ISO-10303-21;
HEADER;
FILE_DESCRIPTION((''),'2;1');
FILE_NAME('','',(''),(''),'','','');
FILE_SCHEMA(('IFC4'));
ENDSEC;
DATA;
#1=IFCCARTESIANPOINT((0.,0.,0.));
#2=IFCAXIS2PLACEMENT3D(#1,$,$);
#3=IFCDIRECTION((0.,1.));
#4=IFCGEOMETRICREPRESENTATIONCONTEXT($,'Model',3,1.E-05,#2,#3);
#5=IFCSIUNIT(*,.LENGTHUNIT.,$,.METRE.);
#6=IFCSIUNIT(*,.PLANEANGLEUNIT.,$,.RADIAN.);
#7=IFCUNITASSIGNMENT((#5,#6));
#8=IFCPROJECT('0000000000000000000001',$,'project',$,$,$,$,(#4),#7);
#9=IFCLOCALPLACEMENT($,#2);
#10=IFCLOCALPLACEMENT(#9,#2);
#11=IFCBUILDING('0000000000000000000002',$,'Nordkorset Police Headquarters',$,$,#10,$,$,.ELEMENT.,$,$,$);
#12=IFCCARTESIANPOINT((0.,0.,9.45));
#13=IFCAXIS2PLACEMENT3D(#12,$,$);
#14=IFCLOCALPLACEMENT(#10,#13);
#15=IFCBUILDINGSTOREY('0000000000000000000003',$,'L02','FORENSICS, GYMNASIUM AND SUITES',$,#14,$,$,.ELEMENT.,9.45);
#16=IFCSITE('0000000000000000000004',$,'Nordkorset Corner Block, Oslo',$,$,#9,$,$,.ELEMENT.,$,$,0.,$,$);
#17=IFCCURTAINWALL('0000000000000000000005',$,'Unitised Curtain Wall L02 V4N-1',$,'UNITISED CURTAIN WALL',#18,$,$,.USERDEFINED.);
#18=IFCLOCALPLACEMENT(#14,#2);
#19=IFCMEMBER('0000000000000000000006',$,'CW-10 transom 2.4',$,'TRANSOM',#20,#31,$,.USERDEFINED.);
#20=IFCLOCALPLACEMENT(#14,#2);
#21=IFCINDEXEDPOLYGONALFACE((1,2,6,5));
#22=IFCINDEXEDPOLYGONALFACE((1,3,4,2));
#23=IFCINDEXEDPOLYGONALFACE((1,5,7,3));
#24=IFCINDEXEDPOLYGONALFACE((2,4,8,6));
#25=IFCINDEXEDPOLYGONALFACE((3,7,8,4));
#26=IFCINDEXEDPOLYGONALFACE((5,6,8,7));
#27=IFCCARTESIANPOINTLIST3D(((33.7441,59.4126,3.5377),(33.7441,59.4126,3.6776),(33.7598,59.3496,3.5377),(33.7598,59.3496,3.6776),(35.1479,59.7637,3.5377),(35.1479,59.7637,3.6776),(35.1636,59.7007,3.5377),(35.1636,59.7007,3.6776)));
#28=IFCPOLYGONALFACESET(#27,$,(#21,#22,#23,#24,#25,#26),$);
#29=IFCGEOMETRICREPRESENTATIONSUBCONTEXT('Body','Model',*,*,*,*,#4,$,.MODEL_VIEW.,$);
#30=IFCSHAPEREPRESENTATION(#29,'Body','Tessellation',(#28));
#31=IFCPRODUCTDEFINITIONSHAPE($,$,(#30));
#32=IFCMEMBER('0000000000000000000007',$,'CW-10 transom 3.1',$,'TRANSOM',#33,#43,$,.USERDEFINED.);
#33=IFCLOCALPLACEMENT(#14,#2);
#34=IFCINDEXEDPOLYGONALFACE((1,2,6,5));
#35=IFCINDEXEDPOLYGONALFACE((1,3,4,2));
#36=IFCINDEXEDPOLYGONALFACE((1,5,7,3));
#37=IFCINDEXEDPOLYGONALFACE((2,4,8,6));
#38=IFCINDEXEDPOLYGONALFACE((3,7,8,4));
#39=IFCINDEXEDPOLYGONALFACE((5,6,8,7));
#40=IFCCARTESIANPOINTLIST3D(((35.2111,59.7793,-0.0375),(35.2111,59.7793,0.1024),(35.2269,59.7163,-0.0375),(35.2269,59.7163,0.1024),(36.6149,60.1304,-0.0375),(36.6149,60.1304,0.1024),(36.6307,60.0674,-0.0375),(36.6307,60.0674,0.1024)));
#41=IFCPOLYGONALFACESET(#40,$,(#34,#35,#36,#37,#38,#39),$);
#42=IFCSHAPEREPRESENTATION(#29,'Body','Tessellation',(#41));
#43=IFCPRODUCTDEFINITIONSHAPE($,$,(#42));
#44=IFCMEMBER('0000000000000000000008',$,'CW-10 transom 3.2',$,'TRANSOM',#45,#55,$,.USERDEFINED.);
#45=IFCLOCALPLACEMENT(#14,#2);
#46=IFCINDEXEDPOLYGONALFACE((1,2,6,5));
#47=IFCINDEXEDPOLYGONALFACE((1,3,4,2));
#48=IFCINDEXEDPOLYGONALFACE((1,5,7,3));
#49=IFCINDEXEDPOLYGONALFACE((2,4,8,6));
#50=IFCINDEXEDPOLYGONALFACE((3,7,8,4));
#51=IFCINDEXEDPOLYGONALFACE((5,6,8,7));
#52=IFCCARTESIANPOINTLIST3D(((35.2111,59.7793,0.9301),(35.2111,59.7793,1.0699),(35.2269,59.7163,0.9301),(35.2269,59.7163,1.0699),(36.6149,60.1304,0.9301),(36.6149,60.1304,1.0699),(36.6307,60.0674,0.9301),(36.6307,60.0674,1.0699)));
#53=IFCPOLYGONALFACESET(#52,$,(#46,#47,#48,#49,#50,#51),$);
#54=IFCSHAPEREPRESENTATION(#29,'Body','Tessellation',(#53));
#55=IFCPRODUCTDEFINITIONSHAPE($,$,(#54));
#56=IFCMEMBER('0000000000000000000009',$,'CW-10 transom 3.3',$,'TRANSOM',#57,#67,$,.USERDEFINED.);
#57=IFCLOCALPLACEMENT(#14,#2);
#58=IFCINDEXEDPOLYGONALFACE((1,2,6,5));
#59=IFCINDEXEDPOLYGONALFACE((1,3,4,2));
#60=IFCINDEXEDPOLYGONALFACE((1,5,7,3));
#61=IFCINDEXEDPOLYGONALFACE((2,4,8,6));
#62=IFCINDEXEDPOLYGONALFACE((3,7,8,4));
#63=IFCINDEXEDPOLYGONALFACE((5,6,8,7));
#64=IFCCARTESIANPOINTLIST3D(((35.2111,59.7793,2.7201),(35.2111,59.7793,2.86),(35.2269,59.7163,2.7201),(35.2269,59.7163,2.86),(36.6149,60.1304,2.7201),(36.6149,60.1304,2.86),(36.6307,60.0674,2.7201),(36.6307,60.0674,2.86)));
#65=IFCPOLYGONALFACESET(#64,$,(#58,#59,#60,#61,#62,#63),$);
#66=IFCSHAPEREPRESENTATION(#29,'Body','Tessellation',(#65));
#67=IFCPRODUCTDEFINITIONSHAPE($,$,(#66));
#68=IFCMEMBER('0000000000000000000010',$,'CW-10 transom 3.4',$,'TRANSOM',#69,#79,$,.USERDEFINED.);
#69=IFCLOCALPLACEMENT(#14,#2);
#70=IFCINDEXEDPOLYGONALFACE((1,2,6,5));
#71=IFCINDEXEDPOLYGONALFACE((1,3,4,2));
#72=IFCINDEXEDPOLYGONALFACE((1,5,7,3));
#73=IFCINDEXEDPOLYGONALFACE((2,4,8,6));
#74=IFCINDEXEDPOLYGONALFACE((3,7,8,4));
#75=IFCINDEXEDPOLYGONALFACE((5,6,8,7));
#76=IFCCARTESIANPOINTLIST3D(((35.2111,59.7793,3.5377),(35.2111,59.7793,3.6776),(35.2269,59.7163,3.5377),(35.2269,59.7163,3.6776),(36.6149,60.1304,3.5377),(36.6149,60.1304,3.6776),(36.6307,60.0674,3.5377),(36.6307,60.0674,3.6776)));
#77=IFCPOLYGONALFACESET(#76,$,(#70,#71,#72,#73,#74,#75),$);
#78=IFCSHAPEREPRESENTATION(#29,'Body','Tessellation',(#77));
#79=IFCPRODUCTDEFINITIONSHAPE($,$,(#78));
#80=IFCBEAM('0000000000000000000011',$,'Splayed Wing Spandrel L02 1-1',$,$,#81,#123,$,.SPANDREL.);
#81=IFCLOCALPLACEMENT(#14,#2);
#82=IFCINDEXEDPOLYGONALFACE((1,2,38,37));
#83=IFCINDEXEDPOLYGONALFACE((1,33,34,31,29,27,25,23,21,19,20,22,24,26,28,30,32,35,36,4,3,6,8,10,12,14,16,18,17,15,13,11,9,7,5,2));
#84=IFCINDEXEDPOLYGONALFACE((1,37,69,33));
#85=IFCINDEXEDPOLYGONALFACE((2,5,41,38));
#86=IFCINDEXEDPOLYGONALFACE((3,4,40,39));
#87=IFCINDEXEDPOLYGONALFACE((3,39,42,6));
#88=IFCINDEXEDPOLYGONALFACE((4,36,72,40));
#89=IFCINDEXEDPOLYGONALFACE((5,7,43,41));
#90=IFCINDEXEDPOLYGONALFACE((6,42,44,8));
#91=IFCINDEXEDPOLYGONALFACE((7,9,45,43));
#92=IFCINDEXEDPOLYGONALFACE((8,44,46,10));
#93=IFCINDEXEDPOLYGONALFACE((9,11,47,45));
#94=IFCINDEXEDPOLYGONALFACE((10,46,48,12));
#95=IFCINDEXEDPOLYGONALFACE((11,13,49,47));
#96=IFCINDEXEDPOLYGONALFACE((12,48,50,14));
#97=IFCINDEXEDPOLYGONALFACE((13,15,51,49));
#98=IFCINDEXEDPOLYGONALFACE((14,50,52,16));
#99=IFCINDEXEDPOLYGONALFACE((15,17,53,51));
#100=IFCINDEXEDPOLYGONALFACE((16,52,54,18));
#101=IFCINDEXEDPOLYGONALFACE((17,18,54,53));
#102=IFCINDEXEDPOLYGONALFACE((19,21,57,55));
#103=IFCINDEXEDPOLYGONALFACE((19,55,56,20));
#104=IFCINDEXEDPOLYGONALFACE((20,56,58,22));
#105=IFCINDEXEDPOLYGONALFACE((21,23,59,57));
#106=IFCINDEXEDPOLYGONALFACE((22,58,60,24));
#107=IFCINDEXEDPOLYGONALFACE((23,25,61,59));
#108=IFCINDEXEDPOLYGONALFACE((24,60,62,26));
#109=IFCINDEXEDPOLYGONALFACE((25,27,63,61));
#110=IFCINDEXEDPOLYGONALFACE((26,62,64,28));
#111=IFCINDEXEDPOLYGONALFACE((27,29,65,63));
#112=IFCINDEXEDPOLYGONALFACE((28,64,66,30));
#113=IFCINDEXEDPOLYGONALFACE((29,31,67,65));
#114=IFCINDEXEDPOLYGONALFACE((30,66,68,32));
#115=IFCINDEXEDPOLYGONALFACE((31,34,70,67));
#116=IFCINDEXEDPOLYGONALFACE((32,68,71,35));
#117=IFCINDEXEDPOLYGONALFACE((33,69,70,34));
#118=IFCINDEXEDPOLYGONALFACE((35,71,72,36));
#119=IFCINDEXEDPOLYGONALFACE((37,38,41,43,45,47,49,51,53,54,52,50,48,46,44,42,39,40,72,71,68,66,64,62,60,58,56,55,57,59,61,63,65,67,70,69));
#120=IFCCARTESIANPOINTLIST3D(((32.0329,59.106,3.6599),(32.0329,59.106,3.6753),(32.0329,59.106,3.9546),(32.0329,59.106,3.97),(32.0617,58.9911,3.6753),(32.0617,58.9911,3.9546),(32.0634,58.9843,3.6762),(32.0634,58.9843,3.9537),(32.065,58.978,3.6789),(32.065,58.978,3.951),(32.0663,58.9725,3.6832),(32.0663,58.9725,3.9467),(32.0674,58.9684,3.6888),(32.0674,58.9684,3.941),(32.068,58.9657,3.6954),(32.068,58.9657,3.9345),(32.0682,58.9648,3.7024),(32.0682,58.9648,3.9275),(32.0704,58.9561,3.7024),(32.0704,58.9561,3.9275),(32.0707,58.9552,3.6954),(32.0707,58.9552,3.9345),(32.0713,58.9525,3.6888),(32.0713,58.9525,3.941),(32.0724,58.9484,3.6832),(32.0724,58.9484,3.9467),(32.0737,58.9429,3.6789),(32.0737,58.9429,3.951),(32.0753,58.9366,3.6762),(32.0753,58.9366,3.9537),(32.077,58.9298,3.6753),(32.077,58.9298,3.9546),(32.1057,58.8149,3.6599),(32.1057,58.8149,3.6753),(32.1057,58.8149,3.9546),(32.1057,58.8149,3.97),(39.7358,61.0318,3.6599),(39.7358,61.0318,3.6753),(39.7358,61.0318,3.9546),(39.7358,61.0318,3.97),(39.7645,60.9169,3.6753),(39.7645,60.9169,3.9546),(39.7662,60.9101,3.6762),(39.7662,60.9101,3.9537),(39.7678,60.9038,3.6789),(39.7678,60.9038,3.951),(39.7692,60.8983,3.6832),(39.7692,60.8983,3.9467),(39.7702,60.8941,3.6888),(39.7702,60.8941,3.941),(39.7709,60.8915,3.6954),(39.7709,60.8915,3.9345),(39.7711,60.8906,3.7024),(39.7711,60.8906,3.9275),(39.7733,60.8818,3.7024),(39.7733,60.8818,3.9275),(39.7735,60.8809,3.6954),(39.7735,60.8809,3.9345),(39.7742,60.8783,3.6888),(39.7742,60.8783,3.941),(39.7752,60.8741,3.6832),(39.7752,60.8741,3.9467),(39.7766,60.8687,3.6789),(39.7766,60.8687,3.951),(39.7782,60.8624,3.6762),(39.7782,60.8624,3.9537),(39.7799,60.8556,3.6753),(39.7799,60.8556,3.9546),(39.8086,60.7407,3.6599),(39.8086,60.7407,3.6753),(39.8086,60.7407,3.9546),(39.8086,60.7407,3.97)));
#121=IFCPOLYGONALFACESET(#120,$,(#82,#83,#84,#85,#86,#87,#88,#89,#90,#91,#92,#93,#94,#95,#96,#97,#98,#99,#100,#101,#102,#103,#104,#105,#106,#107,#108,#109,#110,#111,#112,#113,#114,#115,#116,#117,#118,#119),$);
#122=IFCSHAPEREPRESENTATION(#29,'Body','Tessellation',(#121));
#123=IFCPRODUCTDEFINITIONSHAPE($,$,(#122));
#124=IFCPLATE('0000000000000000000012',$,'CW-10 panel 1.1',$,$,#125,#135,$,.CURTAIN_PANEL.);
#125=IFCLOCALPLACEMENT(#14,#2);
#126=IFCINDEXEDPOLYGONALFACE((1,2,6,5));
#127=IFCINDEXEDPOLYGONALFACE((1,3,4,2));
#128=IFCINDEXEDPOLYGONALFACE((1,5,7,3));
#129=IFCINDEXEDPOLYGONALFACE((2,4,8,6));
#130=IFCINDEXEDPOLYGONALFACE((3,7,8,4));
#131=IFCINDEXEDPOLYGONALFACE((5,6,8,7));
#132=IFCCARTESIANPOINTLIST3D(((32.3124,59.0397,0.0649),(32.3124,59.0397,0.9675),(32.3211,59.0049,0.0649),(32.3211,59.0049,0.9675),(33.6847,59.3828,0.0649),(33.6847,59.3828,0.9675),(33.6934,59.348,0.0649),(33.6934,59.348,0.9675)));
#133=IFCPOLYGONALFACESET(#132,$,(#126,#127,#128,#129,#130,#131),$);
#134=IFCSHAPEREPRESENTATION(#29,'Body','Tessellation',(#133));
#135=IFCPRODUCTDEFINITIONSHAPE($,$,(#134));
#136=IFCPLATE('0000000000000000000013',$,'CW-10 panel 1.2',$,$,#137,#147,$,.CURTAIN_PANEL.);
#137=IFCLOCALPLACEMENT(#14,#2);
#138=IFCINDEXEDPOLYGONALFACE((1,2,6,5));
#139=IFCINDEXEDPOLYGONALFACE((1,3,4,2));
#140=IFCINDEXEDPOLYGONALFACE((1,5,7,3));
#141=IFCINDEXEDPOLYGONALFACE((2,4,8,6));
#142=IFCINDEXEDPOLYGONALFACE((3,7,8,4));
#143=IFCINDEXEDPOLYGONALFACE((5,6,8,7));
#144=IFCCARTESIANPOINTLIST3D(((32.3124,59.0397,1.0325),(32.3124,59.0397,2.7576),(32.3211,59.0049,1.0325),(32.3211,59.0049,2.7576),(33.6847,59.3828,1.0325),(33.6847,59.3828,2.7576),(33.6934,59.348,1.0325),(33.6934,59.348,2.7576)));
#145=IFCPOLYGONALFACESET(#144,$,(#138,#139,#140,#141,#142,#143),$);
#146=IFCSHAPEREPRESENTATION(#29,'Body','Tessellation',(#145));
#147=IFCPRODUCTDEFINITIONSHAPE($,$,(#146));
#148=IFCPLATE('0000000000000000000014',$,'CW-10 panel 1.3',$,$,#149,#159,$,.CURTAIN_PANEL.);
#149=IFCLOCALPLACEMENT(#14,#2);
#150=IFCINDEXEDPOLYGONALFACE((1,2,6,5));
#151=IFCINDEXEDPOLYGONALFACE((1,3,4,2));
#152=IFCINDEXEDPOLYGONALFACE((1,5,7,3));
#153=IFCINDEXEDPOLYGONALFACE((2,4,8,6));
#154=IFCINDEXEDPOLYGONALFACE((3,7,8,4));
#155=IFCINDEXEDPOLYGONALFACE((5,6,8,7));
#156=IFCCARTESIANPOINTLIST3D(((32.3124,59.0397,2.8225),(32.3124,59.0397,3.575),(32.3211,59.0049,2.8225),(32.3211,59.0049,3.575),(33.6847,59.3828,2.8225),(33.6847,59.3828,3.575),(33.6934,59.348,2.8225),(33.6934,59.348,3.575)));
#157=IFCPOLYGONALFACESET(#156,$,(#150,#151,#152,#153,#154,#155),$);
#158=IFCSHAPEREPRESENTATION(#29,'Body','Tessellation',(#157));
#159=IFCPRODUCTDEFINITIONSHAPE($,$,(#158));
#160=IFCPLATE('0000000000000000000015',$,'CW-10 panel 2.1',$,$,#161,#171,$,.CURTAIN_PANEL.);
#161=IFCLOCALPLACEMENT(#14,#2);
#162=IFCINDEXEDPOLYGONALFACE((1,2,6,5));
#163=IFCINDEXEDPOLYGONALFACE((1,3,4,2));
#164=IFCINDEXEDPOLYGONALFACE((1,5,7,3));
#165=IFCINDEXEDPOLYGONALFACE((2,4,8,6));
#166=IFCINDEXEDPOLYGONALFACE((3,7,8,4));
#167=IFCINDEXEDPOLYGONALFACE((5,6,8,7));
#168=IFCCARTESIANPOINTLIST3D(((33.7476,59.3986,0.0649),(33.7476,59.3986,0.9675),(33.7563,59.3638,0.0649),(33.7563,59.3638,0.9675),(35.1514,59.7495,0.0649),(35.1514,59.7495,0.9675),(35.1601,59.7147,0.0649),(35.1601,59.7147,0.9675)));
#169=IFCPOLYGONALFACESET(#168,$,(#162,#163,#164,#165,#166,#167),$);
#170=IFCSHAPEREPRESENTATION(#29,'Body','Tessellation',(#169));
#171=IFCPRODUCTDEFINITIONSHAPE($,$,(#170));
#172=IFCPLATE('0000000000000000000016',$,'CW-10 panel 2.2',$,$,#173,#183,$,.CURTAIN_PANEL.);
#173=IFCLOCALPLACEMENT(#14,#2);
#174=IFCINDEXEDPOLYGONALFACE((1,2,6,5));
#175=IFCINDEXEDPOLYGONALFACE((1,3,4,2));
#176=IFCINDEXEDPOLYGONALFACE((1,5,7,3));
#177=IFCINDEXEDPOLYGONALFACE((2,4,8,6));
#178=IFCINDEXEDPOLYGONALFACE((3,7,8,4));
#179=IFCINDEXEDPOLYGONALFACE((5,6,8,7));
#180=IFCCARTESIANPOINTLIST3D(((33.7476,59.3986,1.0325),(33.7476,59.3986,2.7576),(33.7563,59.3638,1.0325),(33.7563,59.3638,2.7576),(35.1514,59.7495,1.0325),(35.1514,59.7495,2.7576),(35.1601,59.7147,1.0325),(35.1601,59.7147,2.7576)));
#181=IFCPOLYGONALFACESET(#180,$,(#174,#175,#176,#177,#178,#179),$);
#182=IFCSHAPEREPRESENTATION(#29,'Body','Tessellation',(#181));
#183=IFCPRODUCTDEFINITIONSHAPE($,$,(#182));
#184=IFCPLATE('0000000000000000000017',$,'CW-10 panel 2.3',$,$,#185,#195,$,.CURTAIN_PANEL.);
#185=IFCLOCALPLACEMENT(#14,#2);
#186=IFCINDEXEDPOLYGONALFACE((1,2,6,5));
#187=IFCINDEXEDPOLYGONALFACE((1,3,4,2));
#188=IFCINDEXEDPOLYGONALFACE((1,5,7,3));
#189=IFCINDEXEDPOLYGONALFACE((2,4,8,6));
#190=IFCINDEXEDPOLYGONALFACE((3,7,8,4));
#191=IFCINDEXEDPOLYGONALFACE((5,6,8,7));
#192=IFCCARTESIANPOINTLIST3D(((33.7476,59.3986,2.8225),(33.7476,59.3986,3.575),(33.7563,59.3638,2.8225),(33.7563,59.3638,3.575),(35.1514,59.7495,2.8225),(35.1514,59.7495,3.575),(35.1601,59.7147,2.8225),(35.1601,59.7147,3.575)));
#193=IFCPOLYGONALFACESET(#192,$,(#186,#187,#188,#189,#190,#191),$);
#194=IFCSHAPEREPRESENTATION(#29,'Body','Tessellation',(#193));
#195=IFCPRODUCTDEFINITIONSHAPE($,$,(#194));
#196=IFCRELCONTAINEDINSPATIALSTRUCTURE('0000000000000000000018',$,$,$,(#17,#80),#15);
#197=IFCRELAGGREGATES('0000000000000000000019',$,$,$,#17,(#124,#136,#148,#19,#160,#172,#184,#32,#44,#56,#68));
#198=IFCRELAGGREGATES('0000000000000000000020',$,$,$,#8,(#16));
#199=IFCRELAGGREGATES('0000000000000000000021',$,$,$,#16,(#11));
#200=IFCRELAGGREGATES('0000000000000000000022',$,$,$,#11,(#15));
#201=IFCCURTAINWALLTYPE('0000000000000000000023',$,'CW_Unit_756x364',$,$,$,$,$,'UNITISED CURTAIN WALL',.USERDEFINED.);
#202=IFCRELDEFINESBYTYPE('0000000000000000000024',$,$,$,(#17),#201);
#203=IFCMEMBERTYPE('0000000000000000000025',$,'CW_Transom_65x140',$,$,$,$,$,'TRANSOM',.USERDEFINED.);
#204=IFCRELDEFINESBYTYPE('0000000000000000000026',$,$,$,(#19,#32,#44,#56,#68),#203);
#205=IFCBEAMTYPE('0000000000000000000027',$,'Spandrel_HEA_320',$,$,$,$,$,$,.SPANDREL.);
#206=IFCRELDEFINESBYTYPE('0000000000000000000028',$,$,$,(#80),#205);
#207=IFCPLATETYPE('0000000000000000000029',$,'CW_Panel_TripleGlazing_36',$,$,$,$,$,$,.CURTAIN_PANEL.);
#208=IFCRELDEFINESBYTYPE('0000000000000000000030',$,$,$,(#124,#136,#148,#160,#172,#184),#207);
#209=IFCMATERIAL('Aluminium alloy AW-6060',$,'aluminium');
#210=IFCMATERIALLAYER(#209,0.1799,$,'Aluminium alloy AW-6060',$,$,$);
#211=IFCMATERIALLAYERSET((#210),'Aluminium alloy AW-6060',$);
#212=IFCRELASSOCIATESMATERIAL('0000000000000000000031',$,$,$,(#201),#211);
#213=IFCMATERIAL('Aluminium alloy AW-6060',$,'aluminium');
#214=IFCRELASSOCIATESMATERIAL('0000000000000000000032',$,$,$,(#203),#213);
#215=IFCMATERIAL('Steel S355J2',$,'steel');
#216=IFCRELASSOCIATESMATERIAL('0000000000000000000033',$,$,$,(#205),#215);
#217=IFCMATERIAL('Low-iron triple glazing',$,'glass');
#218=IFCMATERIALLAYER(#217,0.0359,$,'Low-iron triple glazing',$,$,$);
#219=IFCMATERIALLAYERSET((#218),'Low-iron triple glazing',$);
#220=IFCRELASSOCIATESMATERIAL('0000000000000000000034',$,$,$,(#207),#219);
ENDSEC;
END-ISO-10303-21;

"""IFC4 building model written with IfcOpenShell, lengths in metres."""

from ifc_helpers import new_model, si_unit, direction, frame, origin, origin_2d, place, context, subcontext, project, spatial, rectangle, i_section, extrude, material, layer, layer_set, material_profile, profile_set, type_object, element, aggregate, save


model = new_model("IFC4")

# Units and contexts
model_context = context("Model", 3, precision=1e-05, world=origin(), true_north=direction((0.0, 1.0)))
body_context = subcontext(model_context, "Body", "Model", "MODEL_VIEW")
ifc_project = project(units=[si_unit("LENGTHUNIT", "METRE"), si_unit("PLANEANGLEUNIT", "RADIAN")], contexts=[model_context])

# Site, building, storey
site_placement = place(None, origin())
site = spatial("IfcSite", under=ifc_project, at=site_placement, Name="Nordkorset Corner Block, Oslo", CompositionType="ELEMENT", RefElevation=0.0)
building_placement = place(site_placement, origin())
building = spatial("IfcBuilding", under=site, at=building_placement, Name="Nordkorset Police Headquarters", CompositionType="ELEMENT")
storey_placement = place(building_placement, frame((0.0, 0.0, 9.45)))
storey = spatial("IfcBuildingStorey", under=building, at=storey_placement, Name="L02", Description="FORENSICS, GYMNASIUM AND SUITES", CompositionType="ELEMENT", Elevation=9.45)

# Curtain wall, members
ifc_material_1 = material(Name="Aluminium alloy AW-6060", Category="aluminium")
ifc_layer_1 = layer(ifc_material_1, 0.1799, Name="Aluminium alloy AW-6060")
ifc_layer_set_1 = layer_set([ifc_layer_1], Name="Aluminium alloy AW-6060")
curtain_wall_type = type_object("IfcCurtainWallType", Name="CW_Unit_756x364", ElementType="UNITISED CURTAIN WALL", PredefinedType="USERDEFINED", material=ifc_layer_set_1)
curtain_wall_placement = place(storey_placement, origin())
curtain_wall = element("IfcCurtainWall", 1, at=curtain_wall_placement, inside=storey, type_object=curtain_wall_type, Name="Unitised Curtain Wall L02 V4N-1", ObjectType="UNITISED CURTAIN WALL", PredefinedType="USERDEFINED")
ifc_material_2 = material(Name="Aluminium alloy AW-6060", Category="aluminium")
ifc_material_profile_1 = material_profile(ifc_material_2, rectangle(XDim=0.0649, YDim=0.1399, at=origin_2d()), Name="ALU TRAN 65x140")
ifc_profile_set_1 = profile_set([ifc_material_profile_1], Name="Aluminium alloy AW-6060")
member_type_1 = type_object("IfcMemberType", Name="CW_Transom_65x140", ElementType="TRANSOM", PredefinedType="USERDEFINED", material=ifc_profile_set_1)
member_1_placement = place(storey_placement, frame((33.752, 59.3811, 3.6077), z_axis=(0.970123, 0.242615, 0.0), x_axis=(-0.242615, 0.970123, 0.0)))
member_1 = element("IfcMember", 2, at=member_1_placement, type_object=member_type_1, Name="CW-10 transom 2.4", ObjectType="TRANSOM", PredefinedType="USERDEFINED", context=body_context, shape_type="SweptSolid", body=[
    extrude(rectangle(XDim=0.0649, YDim=0.1399, at=origin_2d()), origin(), (0.0, 0.0, 1.0), 1.447),
])
member_2_placement = place(storey_placement, frame((35.219, 59.7478, 0.0325), z_axis=(0.970123, 0.242615, 0.0), x_axis=(-0.242615, 0.970123, 0.0)))
member_2 = element("IfcMember", 3, at=member_2_placement, type_object=member_type_1, Name="CW-10 transom 3.1", ObjectType="TRANSOM", PredefinedType="USERDEFINED", context=body_context, shape_type="SweptSolid", body=[
    extrude(rectangle(XDim=0.0649, YDim=0.1399, at=origin_2d()), origin(), (0.0, 0.0, 1.0), 1.447),
])
member_3_placement = place(storey_placement, frame((35.219, 59.7478, 1.0), z_axis=(0.970123, 0.242615, 0.0), x_axis=(-0.242615, 0.970123, 0.0)))
member_3 = element("IfcMember", 4, at=member_3_placement, type_object=member_type_1, Name="CW-10 transom 3.2", ObjectType="TRANSOM", PredefinedType="USERDEFINED", context=body_context, shape_type="SweptSolid", body=[
    extrude(rectangle(XDim=0.0649, YDim=0.1399, at=origin_2d()), origin(), (0.0, 0.0, 1.0), 1.447),
])
member_4_placement = place(storey_placement, frame((35.219, 59.7478, 2.79), z_axis=(0.970123, 0.242615, 0.0), x_axis=(-0.242615, 0.970123, 0.0)))
member_4 = element("IfcMember", 5, at=member_4_placement, type_object=member_type_1, Name="CW-10 transom 3.3", ObjectType="TRANSOM", PredefinedType="USERDEFINED", context=body_context, shape_type="SweptSolid", body=[
    extrude(rectangle(XDim=0.0649, YDim=0.1399, at=origin_2d()), origin(), (0.0, 0.0, 1.0), 1.447),
])
member_5_placement = place(storey_placement, frame((35.219, 59.7478, 3.6077), z_axis=(0.970123, 0.242615, 0.0), x_axis=(-0.242615, 0.970123, 0.0)))
member_5 = element("IfcMember", 6, at=member_5_placement, type_object=member_type_1, Name="CW-10 transom 3.4", ObjectType="TRANSOM", PredefinedType="USERDEFINED", context=body_context, shape_type="SweptSolid", body=[
    extrude(rectangle(XDim=0.0649, YDim=0.1399, at=origin_2d()), origin(), (0.0, 0.0, 1.0), 1.447),
])

# Beam
ifc_material_3 = material(Name="Steel S355J2", Category="steel")
ifc_material_profile_2 = material_profile(ifc_material_3, i_section(OverallWidth=0.3, OverallDepth=0.3101, WebThickness=0.009, FlangeThickness=0.0154, FilletRadius=0.0271, at=origin_2d()), Name="HEA 320")
ifc_profile_set_2 = profile_set([ifc_material_profile_2], Name="Steel S355J2")
beam_type = type_object("IfcBeamType", Name="Spandrel_HEA_320", PredefinedType="SPANDREL", material=ifc_profile_set_2)
beam_placement = place(storey_placement, frame((32.0693, 58.9604, 3.8149), z_axis=(0.970141, 0.242543, 0.0), x_axis=(-0.242543, 0.970141, 0.0)))
element("IfcBeam", 7, at=beam_placement, inside=storey, type_object=beam_type, Name="Splayed Wing Spandrel L02 1-1", PredefinedType="SPANDREL", context=body_context, shape_type="SweptSolid", body=[
    extrude(i_section(OverallWidth=0.3, OverallDepth=0.3101, WebThickness=0.009, FlangeThickness=0.0154, FilletRadius=0.0271, at=origin_2d()), origin(), (0.0, 0.0, 1.0), 7.9399),
])

# Plates
ifc_material_4 = material(Name="Low-iron triple glazing", Category="glass")
ifc_layer_2 = layer(ifc_material_4, 0.0359, Name="Low-iron triple glazing")
ifc_layer_set_2 = layer_set([ifc_layer_2], Name="Low-iron triple glazing")
plate_type = type_object("IfcPlateType", Name="CW_Panel_TripleGlazing_36", PredefinedType="CURTAIN_PANEL", material=ifc_layer_set_2)
plate_1_placement = place(storey_placement, frame((33.0029, 59.1938, 0.0649), z_axis=(0.0, 0.0, 1.0), x_axis=(0.970143, 0.242536, 0.0)))
plate_1 = element("IfcPlate", 8, at=plate_1_placement, type_object=plate_type, Name="CW-10 panel 1.1", PredefinedType="CURTAIN_PANEL", context=body_context, shape_type="SweptSolid", body=[
    extrude(rectangle(XDim=1.4146, YDim=0.0359, at=origin_2d()), origin(), (0.0, 0.0, 1.0), 0.9026),
])
plate_2_placement = place(storey_placement, frame((33.0029, 59.1938, 1.0325), z_axis=(0.0, 0.0, 1.0), x_axis=(0.970143, 0.242536, 0.0)))
plate_2 = element("IfcPlate", 9, at=plate_2_placement, type_object=plate_type, Name="CW-10 panel 1.2", PredefinedType="CURTAIN_PANEL", context=body_context, shape_type="SweptSolid", body=[
    extrude(rectangle(XDim=1.4146, YDim=0.0359, at=origin_2d()), origin(), (0.0, 0.0, 1.0), 1.7251),
])
plate_3_placement = place(storey_placement, frame((33.0029, 59.1938, 2.8225), z_axis=(0.0, 0.0, 1.0), x_axis=(0.970143, 0.242536, 0.0)))
plate_3 = element("IfcPlate", 10, at=plate_3_placement, type_object=plate_type, Name="CW-10 panel 1.3", PredefinedType="CURTAIN_PANEL", context=body_context, shape_type="SweptSolid", body=[
    extrude(rectangle(XDim=1.4146, YDim=0.0359, at=origin_2d()), origin(), (0.0, 0.0, 1.0), 0.7524),
])
plate_4_placement = place(storey_placement, frame((34.4539, 59.5566, 0.0649), z_axis=(0.0, 0.0, 1.0), x_axis=(0.970143, 0.242536, 0.0)))
plate_4 = element("IfcPlate", 11, at=plate_4_placement, type_object=plate_type, Name="CW-10 panel 2.1", PredefinedType="CURTAIN_PANEL", context=body_context, shape_type="SweptSolid", body=[
    extrude(rectangle(XDim=1.447, YDim=0.0359, at=origin_2d()), origin(), (0.0, 0.0, 1.0), 0.9026),
])
plate_5_placement = place(storey_placement, frame((34.4539, 59.5566, 1.0325), z_axis=(0.0, 0.0, 1.0), x_axis=(0.970143, 0.242536, 0.0)))
plate_5 = element("IfcPlate", 12, at=plate_5_placement, type_object=plate_type, Name="CW-10 panel 2.2", PredefinedType="CURTAIN_PANEL", context=body_context, shape_type="SweptSolid", body=[
    extrude(rectangle(XDim=1.447, YDim=0.0359, at=origin_2d()), origin(), (0.0, 0.0, 1.0), 1.7251),
])
plate_6_placement = place(storey_placement, frame((34.4539, 59.5566, 2.8225), z_axis=(0.0, 0.0, 1.0), x_axis=(0.970143, 0.242536, 0.0)))
plate_6 = element("IfcPlate", 13, at=plate_6_placement, type_object=plate_type, Name="CW-10 panel 2.3", PredefinedType="CURTAIN_PANEL", context=body_context, shape_type="SweptSolid", body=[
    extrude(rectangle(XDim=1.447, YDim=0.0359, at=origin_2d()), origin(), (0.0, 0.0, 1.0), 0.7524),
])
aggregate(curtain_wall, [plate_1, plate_2, plate_3, member_1, plate_4, plate_5, plate_6, member_2, member_3, member_4, member_5])

save(model, "model.ifc")
